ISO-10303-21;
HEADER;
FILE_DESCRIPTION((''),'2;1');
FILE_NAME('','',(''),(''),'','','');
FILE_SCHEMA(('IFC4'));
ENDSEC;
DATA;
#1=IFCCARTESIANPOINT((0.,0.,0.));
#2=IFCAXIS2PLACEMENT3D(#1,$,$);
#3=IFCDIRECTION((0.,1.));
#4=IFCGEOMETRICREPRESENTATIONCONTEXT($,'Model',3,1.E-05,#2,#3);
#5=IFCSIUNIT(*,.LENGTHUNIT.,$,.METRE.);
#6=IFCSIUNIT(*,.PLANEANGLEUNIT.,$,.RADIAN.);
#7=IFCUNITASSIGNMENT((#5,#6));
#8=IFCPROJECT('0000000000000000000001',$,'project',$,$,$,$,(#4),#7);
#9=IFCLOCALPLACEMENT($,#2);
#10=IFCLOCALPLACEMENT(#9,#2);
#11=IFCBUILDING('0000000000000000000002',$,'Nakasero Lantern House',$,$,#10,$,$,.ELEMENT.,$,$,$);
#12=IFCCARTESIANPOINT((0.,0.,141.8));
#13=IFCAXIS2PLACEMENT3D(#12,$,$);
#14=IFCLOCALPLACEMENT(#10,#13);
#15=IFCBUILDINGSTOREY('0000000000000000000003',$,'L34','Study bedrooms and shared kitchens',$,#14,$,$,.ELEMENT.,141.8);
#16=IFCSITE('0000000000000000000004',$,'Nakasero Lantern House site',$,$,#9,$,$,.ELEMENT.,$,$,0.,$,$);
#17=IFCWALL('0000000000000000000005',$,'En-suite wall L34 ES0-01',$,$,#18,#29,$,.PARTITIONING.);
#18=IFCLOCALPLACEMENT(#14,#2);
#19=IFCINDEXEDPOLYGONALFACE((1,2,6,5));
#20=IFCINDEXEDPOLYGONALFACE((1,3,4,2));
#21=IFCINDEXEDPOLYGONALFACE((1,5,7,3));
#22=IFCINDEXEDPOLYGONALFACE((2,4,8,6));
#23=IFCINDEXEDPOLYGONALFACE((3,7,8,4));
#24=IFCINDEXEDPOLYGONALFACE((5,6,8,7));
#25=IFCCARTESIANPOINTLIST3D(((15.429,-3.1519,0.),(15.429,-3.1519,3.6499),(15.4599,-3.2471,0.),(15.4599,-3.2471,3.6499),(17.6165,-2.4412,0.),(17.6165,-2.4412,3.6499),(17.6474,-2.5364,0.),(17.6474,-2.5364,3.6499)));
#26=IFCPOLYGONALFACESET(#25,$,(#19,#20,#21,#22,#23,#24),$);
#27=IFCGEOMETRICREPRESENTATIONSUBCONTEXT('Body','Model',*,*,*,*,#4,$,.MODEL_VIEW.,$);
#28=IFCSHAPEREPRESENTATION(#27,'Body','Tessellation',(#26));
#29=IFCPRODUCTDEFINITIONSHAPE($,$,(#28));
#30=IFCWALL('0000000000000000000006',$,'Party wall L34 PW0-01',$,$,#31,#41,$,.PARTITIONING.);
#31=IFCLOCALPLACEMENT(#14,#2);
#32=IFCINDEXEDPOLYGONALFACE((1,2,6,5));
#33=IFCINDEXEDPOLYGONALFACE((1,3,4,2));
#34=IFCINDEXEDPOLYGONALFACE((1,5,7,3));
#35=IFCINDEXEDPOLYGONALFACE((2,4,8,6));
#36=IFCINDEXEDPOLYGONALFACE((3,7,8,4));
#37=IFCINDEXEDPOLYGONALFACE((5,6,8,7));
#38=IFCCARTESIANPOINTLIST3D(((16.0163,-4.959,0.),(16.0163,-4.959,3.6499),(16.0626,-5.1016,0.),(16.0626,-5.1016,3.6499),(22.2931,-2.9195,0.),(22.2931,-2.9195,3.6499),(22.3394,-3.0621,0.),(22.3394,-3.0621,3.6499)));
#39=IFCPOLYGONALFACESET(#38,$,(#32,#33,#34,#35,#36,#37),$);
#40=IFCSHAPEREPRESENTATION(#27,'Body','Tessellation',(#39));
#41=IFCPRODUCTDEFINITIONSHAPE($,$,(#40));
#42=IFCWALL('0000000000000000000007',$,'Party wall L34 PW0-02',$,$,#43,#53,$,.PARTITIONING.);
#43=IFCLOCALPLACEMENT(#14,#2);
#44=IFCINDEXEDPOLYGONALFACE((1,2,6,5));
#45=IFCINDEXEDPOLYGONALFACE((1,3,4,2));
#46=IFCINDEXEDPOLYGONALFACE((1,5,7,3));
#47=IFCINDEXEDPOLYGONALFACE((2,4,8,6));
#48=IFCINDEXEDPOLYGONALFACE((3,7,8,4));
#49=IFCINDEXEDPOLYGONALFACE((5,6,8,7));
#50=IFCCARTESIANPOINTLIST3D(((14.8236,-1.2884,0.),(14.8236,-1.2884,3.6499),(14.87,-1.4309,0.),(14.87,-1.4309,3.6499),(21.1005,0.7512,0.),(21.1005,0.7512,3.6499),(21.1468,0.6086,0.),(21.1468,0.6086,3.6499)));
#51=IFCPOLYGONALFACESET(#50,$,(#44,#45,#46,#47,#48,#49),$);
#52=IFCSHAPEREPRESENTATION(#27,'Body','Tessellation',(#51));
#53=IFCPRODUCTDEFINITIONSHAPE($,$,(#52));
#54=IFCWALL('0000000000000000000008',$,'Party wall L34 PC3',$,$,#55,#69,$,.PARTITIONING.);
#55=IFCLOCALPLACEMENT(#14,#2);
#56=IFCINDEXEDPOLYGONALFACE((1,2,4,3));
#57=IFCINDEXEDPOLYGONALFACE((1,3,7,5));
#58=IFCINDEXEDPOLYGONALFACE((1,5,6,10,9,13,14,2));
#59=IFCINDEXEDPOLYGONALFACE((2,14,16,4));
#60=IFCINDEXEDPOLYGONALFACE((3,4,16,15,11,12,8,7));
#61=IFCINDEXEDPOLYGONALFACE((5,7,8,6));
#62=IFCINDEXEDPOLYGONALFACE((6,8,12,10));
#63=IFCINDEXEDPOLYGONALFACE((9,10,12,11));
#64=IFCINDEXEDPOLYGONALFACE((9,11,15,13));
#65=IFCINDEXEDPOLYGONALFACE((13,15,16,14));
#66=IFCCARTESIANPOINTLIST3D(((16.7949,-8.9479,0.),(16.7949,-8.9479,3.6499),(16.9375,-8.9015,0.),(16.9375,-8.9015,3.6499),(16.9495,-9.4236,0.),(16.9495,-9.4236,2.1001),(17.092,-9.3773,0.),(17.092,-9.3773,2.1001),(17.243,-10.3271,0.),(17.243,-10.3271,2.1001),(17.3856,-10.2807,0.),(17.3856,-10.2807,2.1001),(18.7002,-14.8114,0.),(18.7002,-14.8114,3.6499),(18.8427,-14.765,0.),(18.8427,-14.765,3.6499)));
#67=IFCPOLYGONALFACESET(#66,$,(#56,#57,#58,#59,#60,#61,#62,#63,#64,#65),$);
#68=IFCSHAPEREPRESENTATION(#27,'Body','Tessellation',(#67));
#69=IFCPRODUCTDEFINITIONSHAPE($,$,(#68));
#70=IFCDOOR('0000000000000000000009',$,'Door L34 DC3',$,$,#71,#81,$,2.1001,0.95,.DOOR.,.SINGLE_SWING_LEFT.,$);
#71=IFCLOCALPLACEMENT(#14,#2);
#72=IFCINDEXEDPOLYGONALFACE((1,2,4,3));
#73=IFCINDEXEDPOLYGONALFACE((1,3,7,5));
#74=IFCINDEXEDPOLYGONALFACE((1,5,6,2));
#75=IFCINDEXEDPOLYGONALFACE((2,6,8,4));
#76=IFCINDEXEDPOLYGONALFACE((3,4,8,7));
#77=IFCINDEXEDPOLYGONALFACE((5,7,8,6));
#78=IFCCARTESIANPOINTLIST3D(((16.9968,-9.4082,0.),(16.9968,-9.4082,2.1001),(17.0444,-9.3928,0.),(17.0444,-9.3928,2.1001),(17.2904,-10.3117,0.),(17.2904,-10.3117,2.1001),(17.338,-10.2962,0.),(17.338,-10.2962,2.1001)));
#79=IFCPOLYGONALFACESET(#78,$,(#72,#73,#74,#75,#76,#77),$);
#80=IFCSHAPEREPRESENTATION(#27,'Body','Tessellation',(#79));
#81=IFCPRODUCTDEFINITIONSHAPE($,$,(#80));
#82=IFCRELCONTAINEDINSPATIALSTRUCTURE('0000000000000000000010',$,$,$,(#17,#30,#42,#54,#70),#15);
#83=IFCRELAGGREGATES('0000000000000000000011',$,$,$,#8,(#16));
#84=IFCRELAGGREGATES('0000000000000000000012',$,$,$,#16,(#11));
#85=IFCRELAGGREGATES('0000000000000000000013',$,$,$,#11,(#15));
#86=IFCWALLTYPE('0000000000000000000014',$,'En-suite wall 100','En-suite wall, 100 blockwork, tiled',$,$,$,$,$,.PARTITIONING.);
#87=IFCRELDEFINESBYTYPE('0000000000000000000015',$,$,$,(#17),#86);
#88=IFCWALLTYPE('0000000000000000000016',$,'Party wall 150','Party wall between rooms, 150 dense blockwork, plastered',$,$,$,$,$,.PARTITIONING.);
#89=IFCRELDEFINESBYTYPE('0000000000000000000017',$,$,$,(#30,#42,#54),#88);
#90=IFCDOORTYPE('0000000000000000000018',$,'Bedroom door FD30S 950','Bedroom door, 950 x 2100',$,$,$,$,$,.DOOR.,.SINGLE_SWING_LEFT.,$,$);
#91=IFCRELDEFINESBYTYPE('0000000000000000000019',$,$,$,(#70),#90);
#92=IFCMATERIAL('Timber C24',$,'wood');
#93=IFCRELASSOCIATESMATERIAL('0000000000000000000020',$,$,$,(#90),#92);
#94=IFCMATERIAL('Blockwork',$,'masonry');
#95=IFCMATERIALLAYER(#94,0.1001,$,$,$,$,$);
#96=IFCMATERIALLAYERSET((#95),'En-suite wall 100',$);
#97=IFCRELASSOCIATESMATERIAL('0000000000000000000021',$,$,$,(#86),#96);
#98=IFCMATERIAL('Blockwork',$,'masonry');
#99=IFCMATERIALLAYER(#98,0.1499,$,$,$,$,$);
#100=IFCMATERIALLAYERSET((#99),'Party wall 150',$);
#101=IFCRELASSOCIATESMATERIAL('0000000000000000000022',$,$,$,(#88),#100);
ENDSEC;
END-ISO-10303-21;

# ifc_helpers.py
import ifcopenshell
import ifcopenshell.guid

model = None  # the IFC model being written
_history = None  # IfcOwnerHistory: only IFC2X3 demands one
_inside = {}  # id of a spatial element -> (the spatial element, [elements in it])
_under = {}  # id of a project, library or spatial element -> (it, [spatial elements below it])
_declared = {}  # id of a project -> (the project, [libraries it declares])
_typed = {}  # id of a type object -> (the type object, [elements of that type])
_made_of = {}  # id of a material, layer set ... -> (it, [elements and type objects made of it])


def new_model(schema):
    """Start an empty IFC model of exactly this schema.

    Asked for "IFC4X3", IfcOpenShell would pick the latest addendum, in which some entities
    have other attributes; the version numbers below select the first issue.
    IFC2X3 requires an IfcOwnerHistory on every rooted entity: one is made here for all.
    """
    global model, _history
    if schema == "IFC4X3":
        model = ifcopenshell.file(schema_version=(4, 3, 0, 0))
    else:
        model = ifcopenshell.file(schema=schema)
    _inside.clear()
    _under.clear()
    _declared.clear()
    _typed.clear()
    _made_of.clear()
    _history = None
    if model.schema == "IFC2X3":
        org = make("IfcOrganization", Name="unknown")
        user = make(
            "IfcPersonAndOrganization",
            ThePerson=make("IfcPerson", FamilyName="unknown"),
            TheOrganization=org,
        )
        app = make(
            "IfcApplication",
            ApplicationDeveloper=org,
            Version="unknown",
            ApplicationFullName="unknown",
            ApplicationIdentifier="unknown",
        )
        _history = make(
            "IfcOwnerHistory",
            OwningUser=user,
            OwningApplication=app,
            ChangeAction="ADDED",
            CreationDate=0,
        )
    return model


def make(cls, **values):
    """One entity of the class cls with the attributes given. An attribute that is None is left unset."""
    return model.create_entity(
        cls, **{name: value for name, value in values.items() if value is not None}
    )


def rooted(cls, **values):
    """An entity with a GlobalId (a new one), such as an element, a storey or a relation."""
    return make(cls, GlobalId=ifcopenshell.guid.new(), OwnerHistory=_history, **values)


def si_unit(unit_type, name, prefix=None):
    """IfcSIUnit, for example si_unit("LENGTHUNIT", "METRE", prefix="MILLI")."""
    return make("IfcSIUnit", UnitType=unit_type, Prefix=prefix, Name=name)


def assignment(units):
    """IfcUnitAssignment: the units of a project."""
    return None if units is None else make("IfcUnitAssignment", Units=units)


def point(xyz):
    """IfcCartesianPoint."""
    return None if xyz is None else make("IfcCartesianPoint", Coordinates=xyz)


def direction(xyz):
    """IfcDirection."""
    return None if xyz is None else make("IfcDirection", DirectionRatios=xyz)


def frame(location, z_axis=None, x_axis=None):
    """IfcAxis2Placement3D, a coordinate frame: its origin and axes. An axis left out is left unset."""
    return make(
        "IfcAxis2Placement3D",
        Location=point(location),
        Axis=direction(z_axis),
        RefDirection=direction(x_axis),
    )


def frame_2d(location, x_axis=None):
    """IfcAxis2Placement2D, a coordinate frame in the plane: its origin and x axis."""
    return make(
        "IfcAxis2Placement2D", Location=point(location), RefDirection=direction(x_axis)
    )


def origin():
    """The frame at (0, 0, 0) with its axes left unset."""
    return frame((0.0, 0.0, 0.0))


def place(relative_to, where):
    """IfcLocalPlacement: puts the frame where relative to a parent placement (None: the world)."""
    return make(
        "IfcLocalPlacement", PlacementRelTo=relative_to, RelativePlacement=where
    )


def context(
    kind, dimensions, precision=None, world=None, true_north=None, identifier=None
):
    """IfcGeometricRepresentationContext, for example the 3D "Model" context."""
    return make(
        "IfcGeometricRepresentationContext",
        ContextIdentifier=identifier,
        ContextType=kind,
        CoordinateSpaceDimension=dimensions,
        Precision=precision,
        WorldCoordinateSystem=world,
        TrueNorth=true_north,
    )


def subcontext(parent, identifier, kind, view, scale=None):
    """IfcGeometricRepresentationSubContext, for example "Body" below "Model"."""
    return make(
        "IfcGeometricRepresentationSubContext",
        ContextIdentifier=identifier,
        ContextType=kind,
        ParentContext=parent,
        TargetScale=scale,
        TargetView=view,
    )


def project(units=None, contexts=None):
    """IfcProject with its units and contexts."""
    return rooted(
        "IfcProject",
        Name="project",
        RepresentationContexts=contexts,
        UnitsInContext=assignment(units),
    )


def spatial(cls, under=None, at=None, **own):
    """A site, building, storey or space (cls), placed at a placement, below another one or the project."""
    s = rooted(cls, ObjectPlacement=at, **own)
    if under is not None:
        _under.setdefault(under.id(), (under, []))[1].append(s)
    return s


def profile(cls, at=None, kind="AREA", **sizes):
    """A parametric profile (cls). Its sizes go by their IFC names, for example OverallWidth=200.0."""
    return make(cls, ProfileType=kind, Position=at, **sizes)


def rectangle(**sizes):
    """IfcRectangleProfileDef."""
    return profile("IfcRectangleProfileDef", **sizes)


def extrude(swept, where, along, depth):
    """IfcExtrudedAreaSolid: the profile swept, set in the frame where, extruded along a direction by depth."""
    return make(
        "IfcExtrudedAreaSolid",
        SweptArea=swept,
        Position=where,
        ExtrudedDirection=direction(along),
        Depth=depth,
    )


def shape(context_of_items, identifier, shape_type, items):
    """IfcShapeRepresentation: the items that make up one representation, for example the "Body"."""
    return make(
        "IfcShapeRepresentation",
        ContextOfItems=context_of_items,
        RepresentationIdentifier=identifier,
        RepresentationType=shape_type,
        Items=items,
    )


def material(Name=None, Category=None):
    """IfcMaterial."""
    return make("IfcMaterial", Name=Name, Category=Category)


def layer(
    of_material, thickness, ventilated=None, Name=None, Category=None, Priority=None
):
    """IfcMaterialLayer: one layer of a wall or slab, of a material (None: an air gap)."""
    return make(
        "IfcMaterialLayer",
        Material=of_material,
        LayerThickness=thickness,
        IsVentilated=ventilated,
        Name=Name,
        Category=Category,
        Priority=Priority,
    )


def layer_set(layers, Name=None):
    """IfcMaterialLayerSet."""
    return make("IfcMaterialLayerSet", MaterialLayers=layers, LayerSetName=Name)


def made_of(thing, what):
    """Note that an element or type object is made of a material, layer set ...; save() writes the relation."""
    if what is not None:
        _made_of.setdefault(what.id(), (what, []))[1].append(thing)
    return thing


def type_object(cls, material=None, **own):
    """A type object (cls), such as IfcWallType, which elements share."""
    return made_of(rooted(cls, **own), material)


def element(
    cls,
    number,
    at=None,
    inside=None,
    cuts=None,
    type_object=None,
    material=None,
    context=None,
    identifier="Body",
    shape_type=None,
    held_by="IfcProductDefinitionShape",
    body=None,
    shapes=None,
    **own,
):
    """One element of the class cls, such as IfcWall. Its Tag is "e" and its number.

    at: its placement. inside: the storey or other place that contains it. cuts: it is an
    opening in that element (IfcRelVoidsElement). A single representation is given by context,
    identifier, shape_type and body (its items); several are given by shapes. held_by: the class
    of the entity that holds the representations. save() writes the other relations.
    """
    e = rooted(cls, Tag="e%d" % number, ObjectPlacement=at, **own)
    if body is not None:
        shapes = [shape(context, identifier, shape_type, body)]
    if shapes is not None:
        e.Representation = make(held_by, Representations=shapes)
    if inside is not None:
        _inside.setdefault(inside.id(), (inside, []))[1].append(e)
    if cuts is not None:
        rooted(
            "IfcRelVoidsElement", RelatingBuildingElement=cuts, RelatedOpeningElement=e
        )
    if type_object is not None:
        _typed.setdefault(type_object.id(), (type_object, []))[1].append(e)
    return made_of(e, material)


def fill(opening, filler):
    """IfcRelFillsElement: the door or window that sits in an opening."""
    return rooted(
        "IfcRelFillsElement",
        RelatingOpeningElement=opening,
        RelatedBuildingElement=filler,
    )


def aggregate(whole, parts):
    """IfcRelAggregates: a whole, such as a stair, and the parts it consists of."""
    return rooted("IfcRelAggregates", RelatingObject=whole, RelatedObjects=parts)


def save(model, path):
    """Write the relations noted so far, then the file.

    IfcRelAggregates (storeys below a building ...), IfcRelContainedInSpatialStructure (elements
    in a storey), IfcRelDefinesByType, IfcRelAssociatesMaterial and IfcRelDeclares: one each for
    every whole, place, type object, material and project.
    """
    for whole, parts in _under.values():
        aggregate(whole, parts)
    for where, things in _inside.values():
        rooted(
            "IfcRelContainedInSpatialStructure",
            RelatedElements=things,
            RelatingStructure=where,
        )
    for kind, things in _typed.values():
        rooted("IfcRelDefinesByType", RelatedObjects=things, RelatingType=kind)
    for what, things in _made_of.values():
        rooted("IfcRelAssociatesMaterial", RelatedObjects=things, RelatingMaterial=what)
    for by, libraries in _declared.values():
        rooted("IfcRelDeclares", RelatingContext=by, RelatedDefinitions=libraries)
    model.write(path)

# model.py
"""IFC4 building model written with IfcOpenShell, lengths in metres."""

from ifc_helpers import new_model, si_unit, direction, frame, frame_2d, origin, place, context, subcontext, project, spatial, rectangle, extrude, material, layer, layer_set, type_object, element, fill, save


model = new_model("IFC4")

# Units and contexts
model_context = context("Model", 3, precision=1e-05, world=origin(), true_north=direction((0.0, 1.0)))
body_context = subcontext(model_context, "Body", "Model", "MODEL_VIEW")
ifc_project = project(units=[si_unit("LENGTHUNIT", "METRE"), si_unit("PLANEANGLEUNIT", "RADIAN")], contexts=[model_context])

# Site, building, storey
site_placement = place(None, origin())
site = spatial("IfcSite", under=ifc_project, at=site_placement, Name="Nakasero Lantern House site", CompositionType="ELEMENT", RefElevation=0.0)
building_placement = place(site_placement, origin())
building = spatial("IfcBuilding", under=site, at=building_placement, Name="Nakasero Lantern House", CompositionType="ELEMENT")
storey_placement = place(building_placement, frame((0.0, 0.0, 141.8)))
storey = spatial("IfcBuildingStorey", under=building, at=storey_placement, Name="L34", Description="Study bedrooms and shared kitchens", CompositionType="ELEMENT", Elevation=141.8)

# Shared definitions
ifc_material_1 = material(Name="Timber C24", Category="wood")
door_type_1 = type_object("IfcDoorType", Name="Bedroom door FD30S 950", Description="Bedroom door, 950 x 2100", OperationType="SINGLE_SWING_LEFT", PredefinedType="DOOR", material=ifc_material_1)

# Walls
ifc_material_2 = material(Name="Blockwork", Category="masonry")
ifc_layer_1 = layer(ifc_material_2, 0.1001)
ifc_layer_set_1 = layer_set([ifc_layer_1], Name="En-suite wall 100")
wall_type_1 = type_object("IfcWallType", Name="En-suite wall 100", Description="En-suite wall, 100 blockwork, tiled", PredefinedType="PARTITIONING", material=ifc_layer_set_1)
wall_1_placement = place(storey_placement, frame((15.4446, -3.1995, 0.0), z_axis=(0.0, 0.0, 1.0), x_axis=(0.951065, 0.30899, 0.0)))
element("IfcWall", 1, at=wall_1_placement, inside=storey, type_object=wall_type_1, Name="En-suite wall L34 ES0-01", PredefinedType="PARTITIONING", context=body_context, shape_type="SweptSolid", body=[
    extrude(rectangle(XDim=2.3, YDim=0.1001, at=frame_2d((1.1499, 0.0))), origin(), (0.0, 0.0, 1.0), 3.6499),
])
ifc_material_3 = material(Name="Blockwork", Category="masonry")
ifc_layer_2 = layer(ifc_material_3, 0.1499)
ifc_layer_set_2 = layer_set([ifc_layer_2], Name="Party wall 150")
wall_type_2 = type_object("IfcWallType", Name="Party wall 150", Description="Party wall between rooms, 150 dense blockwork, plastered", PredefinedType="PARTITIONING", material=ifc_layer_set_2)
for number, where, z_axis, x_axis, name in (
    (2, (16.0396, -5.0303, 0.0), (0.0, 0.0, 1.0), (0.951053, 0.309028, 0.0), "Party wall L34 PW0-01"),
    (3, (14.8469, -1.3596, 0.0), (0.0, 0.0, 1.0), (0.951053, 0.309028, 0.0), "Party wall L34 PW0-02"),
):
    element("IfcWall", number, at=place(storey_placement, frame(where, z_axis=z_axis, x_axis=x_axis)), inside=storey, type_object=wall_type_2, Name=name, PredefinedType="PARTITIONING", context=body_context, shape_type="SweptSolid", body=[
        extrude(rectangle(XDim=6.5999, YDim=0.1499, at=frame_2d((3.2998, 0.0))), origin(), (0.0, 0.0, 1.0), 3.6499),
    ])

# Wall, opening, door
wall_2_placement = place(storey_placement, frame((16.8662, -8.9248, 0.0), z_axis=(0.0, 0.0, 1.0), x_axis=(0.309031, -0.951052, 0.0)))
wall_2 = element("IfcWall", 4, at=wall_2_placement, inside=storey, type_object=wall_type_2, Name="Party wall L34 PC3", PredefinedType="PARTITIONING", context=body_context, shape_type="SweptSolid", body=[
    extrude(rectangle(XDim=6.1653, YDim=0.1499, at=frame_2d((3.0825, 0.0))), origin(), (0.0, 0.0, 1.0), 3.6499),
])
opening_1_placement = place(wall_2_placement, frame((0.5, 0.0, 0.0)))
opening_1 = element("IfcOpeningElement", 5, at=opening_1_placement, cuts=wall_2, PredefinedType="OPENING", context=body_context, shape_type="SweptSolid", body=[
    extrude(rectangle(XDim=0.95, YDim=2.1001, at=frame_2d((0.4751, 1.05))), frame((0.0, 0.095, 0.0), z_axis=(0.0, -1.0, 0.0), x_axis=(1.0, 0.0, 0.0)), (0.0, 0.0, 1.0), 0.1899),
])
door_1_placement = place(opening_1_placement, origin())
door_1 = element("IfcDoor", 6, at=door_1_placement, inside=storey, type_object=door_type_1, Name="Door L34 DC3", OperationType="SINGLE_SWING_LEFT", OverallHeight=2.1001, OverallWidth=0.95, PredefinedType="DOOR", context=body_context, shape_type="SweptSolid", body=[
    extrude(rectangle(XDim=0.95, YDim=2.1001, at=frame_2d((0.4751, 1.05))), frame((0.0, 0.0249, 0.0), z_axis=(0.0, -1.0, 0.0), x_axis=(1.0, 0.0, 0.0)), (0.0, 0.0, 1.0), 0.05),
])
fill(opening_1, door_1)

save(model, "model.ifc")
